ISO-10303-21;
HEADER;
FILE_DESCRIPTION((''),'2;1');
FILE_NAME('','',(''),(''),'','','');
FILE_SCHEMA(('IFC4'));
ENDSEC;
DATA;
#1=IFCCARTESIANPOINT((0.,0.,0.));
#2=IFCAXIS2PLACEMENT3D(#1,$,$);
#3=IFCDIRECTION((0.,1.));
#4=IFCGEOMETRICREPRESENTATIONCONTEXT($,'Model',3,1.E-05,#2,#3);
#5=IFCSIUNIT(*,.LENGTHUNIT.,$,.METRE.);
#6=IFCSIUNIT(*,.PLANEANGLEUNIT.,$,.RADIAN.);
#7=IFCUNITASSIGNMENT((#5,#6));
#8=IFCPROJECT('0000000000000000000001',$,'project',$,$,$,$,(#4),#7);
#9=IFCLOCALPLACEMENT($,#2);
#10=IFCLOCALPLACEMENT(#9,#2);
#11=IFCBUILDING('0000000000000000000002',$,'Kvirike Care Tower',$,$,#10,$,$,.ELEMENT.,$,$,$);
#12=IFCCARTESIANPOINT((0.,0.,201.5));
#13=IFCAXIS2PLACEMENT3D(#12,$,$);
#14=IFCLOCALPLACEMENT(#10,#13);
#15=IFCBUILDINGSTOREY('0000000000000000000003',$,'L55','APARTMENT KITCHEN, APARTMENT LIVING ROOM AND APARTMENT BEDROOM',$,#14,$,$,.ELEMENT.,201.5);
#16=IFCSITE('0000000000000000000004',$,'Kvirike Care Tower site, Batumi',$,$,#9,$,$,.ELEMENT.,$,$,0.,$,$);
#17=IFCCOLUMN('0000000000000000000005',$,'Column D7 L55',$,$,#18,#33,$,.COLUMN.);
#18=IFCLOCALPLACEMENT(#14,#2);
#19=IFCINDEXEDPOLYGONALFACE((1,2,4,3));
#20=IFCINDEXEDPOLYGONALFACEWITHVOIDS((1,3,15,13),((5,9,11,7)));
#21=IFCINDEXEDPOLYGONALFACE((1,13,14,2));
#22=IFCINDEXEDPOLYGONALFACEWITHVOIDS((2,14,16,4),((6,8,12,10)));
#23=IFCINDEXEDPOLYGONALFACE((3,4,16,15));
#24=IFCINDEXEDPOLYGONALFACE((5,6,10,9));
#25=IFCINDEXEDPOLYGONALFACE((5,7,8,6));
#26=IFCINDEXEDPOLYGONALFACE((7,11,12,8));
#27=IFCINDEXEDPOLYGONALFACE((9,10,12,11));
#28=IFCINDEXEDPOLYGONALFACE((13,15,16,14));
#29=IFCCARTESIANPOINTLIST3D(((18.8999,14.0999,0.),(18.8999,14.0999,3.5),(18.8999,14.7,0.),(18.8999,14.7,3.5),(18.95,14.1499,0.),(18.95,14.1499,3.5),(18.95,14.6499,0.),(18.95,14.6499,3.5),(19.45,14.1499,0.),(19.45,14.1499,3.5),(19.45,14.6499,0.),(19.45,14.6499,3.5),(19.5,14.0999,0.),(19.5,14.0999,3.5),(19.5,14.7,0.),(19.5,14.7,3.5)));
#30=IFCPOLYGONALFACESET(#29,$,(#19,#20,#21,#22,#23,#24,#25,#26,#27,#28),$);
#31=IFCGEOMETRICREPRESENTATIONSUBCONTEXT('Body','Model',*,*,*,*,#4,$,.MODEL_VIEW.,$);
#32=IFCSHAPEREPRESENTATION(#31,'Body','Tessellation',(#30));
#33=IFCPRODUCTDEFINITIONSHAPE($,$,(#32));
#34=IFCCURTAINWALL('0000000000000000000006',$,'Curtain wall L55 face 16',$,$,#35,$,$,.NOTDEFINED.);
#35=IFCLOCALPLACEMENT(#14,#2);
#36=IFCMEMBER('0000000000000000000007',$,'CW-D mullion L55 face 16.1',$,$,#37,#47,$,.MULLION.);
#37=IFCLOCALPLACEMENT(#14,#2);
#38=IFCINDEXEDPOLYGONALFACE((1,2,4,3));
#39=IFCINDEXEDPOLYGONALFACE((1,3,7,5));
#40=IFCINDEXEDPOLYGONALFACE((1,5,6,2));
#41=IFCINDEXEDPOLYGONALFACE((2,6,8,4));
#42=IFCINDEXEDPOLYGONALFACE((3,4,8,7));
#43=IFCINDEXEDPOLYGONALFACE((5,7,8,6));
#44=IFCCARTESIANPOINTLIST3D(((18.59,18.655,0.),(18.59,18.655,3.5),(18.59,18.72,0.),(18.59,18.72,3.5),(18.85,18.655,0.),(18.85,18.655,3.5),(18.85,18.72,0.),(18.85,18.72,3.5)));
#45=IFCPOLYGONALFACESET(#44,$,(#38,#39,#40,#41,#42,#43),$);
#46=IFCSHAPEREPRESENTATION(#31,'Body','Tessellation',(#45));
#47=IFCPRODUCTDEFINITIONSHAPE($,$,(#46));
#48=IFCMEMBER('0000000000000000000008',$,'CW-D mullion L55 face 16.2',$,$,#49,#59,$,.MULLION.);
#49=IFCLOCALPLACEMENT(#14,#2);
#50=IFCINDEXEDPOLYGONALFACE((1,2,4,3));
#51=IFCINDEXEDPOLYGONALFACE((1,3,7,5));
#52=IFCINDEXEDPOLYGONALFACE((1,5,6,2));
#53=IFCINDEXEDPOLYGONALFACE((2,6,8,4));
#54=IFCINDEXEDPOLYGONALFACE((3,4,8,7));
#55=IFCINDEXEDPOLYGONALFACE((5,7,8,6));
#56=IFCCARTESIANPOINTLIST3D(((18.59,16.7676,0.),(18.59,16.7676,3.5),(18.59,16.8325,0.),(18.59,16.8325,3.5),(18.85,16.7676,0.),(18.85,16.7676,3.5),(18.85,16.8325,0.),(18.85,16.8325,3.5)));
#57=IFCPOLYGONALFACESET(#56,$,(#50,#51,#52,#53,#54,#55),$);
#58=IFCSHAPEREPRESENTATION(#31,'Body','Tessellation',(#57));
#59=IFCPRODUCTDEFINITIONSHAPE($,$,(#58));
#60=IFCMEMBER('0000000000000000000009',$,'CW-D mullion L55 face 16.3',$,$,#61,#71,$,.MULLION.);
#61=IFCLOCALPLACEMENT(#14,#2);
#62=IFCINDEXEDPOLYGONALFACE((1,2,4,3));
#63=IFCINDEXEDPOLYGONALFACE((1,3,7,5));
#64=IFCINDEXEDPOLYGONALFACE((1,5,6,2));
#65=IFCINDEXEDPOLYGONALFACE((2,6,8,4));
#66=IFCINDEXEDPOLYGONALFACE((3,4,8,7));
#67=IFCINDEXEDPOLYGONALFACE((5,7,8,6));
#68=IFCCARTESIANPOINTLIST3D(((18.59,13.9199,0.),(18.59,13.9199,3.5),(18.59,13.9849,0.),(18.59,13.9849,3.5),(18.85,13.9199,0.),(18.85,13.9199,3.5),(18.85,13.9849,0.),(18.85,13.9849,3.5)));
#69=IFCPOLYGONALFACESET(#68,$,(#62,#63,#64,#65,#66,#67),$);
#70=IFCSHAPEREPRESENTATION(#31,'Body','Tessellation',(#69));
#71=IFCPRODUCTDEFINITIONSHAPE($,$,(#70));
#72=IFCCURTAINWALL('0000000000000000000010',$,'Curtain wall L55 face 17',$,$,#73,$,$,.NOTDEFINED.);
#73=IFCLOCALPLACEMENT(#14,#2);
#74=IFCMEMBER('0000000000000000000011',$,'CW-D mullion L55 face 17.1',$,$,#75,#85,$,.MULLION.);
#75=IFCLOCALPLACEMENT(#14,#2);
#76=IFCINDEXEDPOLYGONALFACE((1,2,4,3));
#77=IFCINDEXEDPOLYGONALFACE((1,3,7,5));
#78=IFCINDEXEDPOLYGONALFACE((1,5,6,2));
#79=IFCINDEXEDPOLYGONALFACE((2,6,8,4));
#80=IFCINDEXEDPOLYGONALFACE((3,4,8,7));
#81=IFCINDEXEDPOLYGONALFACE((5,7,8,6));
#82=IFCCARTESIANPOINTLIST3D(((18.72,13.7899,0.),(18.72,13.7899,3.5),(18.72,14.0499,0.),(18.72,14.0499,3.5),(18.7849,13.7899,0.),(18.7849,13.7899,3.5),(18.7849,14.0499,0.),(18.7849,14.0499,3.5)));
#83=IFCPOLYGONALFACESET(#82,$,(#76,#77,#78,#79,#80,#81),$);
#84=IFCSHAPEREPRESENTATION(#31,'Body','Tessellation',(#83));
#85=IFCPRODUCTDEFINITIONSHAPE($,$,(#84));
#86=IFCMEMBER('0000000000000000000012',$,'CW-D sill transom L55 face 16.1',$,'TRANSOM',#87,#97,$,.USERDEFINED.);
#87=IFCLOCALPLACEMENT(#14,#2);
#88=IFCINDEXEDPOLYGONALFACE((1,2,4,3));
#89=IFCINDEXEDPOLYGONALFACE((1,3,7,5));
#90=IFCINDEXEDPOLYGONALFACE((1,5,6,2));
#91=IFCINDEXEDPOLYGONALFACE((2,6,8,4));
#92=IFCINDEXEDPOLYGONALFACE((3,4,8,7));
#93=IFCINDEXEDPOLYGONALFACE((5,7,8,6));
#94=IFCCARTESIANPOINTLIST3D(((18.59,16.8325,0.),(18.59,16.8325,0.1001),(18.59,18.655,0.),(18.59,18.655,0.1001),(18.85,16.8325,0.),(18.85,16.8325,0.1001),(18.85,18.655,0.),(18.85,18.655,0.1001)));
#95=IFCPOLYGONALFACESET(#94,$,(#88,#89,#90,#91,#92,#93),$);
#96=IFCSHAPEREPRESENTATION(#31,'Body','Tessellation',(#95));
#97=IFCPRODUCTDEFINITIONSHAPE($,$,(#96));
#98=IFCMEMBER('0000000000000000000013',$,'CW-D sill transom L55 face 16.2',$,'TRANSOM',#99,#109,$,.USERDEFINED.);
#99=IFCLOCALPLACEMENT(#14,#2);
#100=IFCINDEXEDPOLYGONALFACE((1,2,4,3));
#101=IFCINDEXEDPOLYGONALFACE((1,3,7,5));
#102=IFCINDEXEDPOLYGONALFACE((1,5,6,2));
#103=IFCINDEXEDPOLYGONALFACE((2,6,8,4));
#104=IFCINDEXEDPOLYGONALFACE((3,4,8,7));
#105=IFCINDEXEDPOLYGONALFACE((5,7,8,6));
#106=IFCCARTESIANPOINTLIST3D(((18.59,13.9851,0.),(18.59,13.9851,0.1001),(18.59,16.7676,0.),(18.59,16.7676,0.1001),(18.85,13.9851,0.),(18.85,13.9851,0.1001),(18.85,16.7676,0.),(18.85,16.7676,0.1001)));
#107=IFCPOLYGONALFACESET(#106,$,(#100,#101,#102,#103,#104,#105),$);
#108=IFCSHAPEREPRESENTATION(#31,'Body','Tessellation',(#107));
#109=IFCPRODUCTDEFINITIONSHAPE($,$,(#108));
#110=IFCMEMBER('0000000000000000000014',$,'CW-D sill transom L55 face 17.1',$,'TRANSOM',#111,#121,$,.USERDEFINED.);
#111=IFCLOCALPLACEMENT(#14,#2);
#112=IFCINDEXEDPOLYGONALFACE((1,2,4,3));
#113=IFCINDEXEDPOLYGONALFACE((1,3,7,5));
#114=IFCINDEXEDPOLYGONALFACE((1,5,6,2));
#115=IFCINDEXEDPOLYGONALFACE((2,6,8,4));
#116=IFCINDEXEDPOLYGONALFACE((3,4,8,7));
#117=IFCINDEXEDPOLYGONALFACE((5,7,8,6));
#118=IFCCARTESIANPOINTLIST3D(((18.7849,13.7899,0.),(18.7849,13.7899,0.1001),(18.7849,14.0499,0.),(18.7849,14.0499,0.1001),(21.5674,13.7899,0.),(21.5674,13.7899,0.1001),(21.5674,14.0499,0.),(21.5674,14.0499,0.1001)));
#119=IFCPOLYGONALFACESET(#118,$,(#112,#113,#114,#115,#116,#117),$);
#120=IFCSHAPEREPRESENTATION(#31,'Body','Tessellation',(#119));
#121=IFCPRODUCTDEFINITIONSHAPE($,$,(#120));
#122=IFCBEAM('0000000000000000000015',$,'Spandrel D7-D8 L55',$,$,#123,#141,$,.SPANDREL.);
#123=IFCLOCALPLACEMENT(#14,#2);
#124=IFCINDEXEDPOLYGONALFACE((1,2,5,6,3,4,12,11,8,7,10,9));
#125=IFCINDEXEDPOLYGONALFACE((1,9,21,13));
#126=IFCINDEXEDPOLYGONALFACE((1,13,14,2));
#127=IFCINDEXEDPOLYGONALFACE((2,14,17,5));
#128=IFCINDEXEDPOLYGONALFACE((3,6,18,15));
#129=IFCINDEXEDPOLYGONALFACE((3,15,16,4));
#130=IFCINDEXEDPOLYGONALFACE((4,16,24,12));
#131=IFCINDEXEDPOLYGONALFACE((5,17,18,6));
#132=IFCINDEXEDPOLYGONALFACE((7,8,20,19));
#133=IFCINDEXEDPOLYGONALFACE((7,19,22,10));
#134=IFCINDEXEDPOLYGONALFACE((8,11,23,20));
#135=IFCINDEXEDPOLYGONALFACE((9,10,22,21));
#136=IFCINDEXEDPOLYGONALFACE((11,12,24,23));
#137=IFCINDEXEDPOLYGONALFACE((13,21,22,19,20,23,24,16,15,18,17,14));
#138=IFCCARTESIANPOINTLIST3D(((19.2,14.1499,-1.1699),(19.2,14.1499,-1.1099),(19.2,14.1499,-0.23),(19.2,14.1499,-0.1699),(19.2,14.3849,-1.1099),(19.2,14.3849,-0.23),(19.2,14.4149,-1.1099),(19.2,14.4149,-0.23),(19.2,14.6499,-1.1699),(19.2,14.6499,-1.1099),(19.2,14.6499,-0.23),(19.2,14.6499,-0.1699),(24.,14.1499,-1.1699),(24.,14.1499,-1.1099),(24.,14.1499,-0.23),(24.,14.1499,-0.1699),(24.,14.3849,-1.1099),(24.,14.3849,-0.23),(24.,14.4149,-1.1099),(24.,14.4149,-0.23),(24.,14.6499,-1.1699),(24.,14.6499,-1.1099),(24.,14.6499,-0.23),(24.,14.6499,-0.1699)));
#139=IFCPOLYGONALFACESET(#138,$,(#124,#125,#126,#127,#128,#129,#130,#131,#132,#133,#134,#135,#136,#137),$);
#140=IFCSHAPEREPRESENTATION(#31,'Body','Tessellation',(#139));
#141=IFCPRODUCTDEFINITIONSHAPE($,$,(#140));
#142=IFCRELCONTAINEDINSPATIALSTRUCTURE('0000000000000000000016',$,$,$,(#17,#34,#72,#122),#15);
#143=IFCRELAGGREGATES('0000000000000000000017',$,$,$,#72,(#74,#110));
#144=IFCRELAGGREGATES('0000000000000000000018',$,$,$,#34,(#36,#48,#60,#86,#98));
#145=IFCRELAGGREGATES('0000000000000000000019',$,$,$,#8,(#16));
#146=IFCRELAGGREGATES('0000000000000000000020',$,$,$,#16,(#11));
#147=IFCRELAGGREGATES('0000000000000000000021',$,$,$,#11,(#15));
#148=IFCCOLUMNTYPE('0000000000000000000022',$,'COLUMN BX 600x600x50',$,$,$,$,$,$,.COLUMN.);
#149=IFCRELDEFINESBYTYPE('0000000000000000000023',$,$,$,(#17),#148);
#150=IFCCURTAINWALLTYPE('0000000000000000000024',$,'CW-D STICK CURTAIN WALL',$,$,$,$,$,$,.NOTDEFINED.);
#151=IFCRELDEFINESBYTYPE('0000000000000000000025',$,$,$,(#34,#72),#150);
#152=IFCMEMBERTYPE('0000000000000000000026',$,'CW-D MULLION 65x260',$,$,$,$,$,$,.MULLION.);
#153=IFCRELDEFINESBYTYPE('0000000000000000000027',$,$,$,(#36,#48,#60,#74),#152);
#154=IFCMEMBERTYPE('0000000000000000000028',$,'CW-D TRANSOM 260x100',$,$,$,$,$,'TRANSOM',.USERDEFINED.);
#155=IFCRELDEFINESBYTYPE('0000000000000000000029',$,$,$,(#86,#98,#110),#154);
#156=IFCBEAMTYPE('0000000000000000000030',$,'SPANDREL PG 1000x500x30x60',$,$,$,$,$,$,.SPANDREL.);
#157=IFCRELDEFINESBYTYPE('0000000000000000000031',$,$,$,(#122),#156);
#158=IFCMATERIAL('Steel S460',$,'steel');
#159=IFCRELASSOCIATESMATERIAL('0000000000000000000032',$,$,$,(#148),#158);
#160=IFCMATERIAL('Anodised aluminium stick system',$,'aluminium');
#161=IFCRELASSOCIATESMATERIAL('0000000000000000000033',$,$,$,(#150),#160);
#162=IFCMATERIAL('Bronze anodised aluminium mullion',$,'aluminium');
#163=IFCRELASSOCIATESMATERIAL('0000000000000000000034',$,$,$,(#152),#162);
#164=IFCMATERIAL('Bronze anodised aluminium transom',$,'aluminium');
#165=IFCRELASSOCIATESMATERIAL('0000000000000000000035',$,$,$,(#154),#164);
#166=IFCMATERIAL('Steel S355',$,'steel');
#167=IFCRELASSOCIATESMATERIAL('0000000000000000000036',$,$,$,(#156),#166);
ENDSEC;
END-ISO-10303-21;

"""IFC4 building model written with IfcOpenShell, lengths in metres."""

from ifc_helpers import new_model, si_unit, direction, frame, origin, origin_2d, place, context, subcontext, project, spatial, rectangle, hollow_rectangle, i_section, extrude, material, material_profile, profile_set, type_object, element, aggregate, save


model = new_model("IFC4")

# Units and contexts
model_context = context("Model", 3, precision=1e-05, world=origin(), true_north=direction((0.0, 1.0)))
body_context = subcontext(model_context, "Body", "Model", "MODEL_VIEW")
ifc_project = project(units=[si_unit("LENGTHUNIT", "METRE"), si_unit("PLANEANGLEUNIT", "RADIAN")], contexts=[model_context])

# Site, building, storey
site_placement = place(None, origin())
site = spatial("IfcSite", under=ifc_project, at=site_placement, Name="Kvirike Care Tower site, Batumi", CompositionType="ELEMENT", RefElevation=0.0)
building_placement = place(site_placement, origin())
building = spatial("IfcBuilding", under=site, at=building_placement, Name="Kvirike Care Tower", CompositionType="ELEMENT")
storey_placement = place(building_placement, frame((0.0, 0.0, 201.5)))
storey = spatial("IfcBuildingStorey", under=building, at=storey_placement, Name="L55", Description="APARTMENT KITCHEN, APARTMENT LIVING ROOM AND APARTMENT BEDROOM", CompositionType="ELEMENT", Elevation=201.5)

# Column
ifc_material_1 = material(Name="Steel S460", Category="steel")
ifc_material_profile_1 = material_profile(ifc_material_1, hollow_rectangle(XDim=0.6001, YDim=0.6001, WallThickness=0.05, at=origin_2d()), Name="BX 600x600x50")
ifc_profile_set_1 = profile_set([ifc_material_profile_1], Name="Steel S460")
column_type = type_object("IfcColumnType", Name="COLUMN BX 600x600x50", PredefinedType="COLUMN", material=ifc_profile_set_1)
column_placement = place(storey_placement, frame((19.2, 14.3999, 0.0), z_axis=(0.0, 0.0, 1.0), x_axis=(0.0, 1.0, 0.0)))
element("IfcColumn", 1, at=column_placement, inside=storey, type_object=column_type, Name="Column D7 L55", PredefinedType="COLUMN", context=body_context, shape_type="SweptSolid", body=[
    extrude(hollow_rectangle(XDim=0.6001, YDim=0.6001, WallThickness=0.05, at=origin_2d()), origin(), (0.0, 0.0, 1.0), 3.5),
])

# Curtain wall, members
ifc_material_2 = material(Name="Anodised aluminium stick system", Category="aluminium")
curtain_wall_type = type_object("IfcCurtainWallType", Name="CW-D STICK CURTAIN WALL", PredefinedType="NOTDEFINED", material=ifc_material_2)
curtain_wall_1_placement = place(storey_placement, origin())
curtain_wall_1 = element("IfcCurtainWall", 2, at=curtain_wall_1_placement, inside=storey, type_object=curtain_wall_type, Name="Curtain wall L55 face 16", PredefinedType="NOTDEFINED")
ifc_material_3 = material(Name="Bronze anodised aluminium mullion", Category="aluminium")
ifc_material_profile_2 = material_profile(ifc_material_3, rectangle(XDim=0.0649, YDim=0.26, at=origin_2d()), Name="CW-D MULLION 65x260")
ifc_profile_set_2 = profile_set([ifc_material_profile_2], Name="Bronze anodised aluminium mullion")
member_type_1 = type_object("IfcMemberType", Name="CW-D MULLION 65x260", PredefinedType="MULLION", material=ifc_profile_set_2)
member_1_placement = place(storey_placement, frame((18.72, 18.6875, 0.0), z_axis=(0.0, 0.0, 1.0), x_axis=(0.0, -1.0, 0.0)))
member_1 = element("IfcMember", 3, at=member_1_placement, type_object=member_type_1, Name="CW-D mullion L55 face 16.1", PredefinedType="MULLION", context=body_context, shape_type="SweptSolid", body=[
    extrude(rectangle(XDim=0.0649, YDim=0.26, at=origin_2d()), origin(), (0.0, 0.0, 1.0), 3.5),
])
member_2_placement = place(storey_placement, frame((18.72, 16.8, 0.0), z_axis=(0.0, 0.0, 1.0), x_axis=(0.0, -1.0, 0.0)))
member_2 = element("IfcMember", 4, at=member_2_placement, type_object=member_type_1, Name="CW-D mullion L55 face 16.2", PredefinedType="MULLION", context=body_context, shape_type="SweptSolid", body=[
    extrude(rectangle(XDim=0.0649, YDim=0.26, at=origin_2d()), origin(), (0.0, 0.0, 1.0), 3.5),
])
member_3_placement = place(storey_placement, frame((18.72, 13.9524, 0.0), z_axis=(0.0, 0.0, 1.0), x_axis=(0.0, -1.0, 0.0)))
member_3 = element("IfcMember", 5, at=member_3_placement, type_object=member_type_1, Name="CW-D mullion L55 face 16.3", PredefinedType="MULLION", context=body_context, shape_type="SweptSolid", body=[
    extrude(rectangle(XDim=0.0649, YDim=0.26, at=origin_2d()), origin(), (0.0, 0.0, 1.0), 3.5),
])

# Curtain wall, member
curtain_wall_2_placement = place(storey_placement, origin())
curtain_wall_2 = element("IfcCurtainWall", 6, at=curtain_wall_2_placement, inside=storey, type_object=curtain_wall_type, Name="Curtain wall L55 face 17", PredefinedType="NOTDEFINED")
member_4_placement = place(storey_placement, frame((18.7524, 13.9199, 0.0), z_axis=(0.0, 0.0, 1.0), x_axis=(1.0, 0.0, 0.0)))
member_4 = element("IfcMember", 7, at=member_4_placement, type_object=member_type_1, Name="CW-D mullion L55 face 17.1", PredefinedType="MULLION", context=body_context, shape_type="SweptSolid", body=[
    extrude(rectangle(XDim=0.0649, YDim=0.26, at=origin_2d()), origin(), (0.0, 0.0, 1.0), 3.5),
])

# Members
ifc_material_4 = material(Name="Bronze anodised aluminium transom", Category="aluminium")
ifc_material_profile_3 = material_profile(ifc_material_4, rectangle(XDim=0.26, YDim=0.1001, at=origin_2d()), Name="CW-D TRANSOM 260x100")
ifc_profile_set_3 = profile_set([ifc_material_profile_3], Name="Bronze anodised aluminium transom")
member_type_2 = type_object("IfcMemberType", Name="CW-D TRANSOM 260x100", ElementType="TRANSOM", PredefinedType="USERDEFINED", material=ifc_profile_set_3)
member_5_placement = place(storey_placement, frame((18.72, 18.655, 0.05), z_axis=(0.0, -1.0, 0.0), x_axis=(1.0, 0.0, 0.0)))
member_5 = element("IfcMember", 8, at=member_5_placement, type_object=member_type_2, Name="CW-D sill transom L55 face 16.1", ObjectType="TRANSOM", PredefinedType="USERDEFINED", context=body_context, shape_type="SweptSolid", body=[
    extrude(rectangle(XDim=0.26, YDim=0.1001, at=origin_2d()), origin(), (0.0, 0.0, 1.0), 1.8225),
])
member_6_placement = place(storey_placement, frame((18.72, 16.7676, 0.05), z_axis=(0.0, -1.0, 0.0), x_axis=(1.0, 0.0, 0.0)))
member_6 = element("IfcMember", 9, at=member_6_placement, type_object=member_type_2, Name="CW-D sill transom L55 face 16.2", ObjectType="TRANSOM", PredefinedType="USERDEFINED", context=body_context, shape_type="SweptSolid", body=[
    extrude(rectangle(XDim=0.26, YDim=0.1001, at=origin_2d()), origin(), (0.0, 0.0, 1.0), 2.7825),
])
member_7_placement = place(storey_placement, frame((18.7849, 13.9199, 0.05), z_axis=(1.0, 0.0, 0.0), x_axis=(0.0, 1.0, 0.0)))
member_7 = element("IfcMember", 10, at=member_7_placement, type_object=member_type_2, Name="CW-D sill transom L55 face 17.1", ObjectType="TRANSOM", PredefinedType="USERDEFINED", context=body_context, shape_type="SweptSolid", body=[
    extrude(rectangle(XDim=0.26, YDim=0.1001, at=origin_2d()), origin(), (0.0, 0.0, 1.0), 2.7825),
])
aggregate(curtain_wall_2, [member_4, member_7])

# Beam
ifc_material_5 = material(Name="Steel S355", Category="steel")
ifc_material_profile_4 = material_profile(ifc_material_5, i_section(OverallWidth=0.5, OverallDepth=1.0, WebThickness=0.03, FlangeThickness=0.0601, at=origin_2d()), Name="PG 1000x500x30x60")
ifc_profile_set_4 = profile_set([ifc_material_profile_4], Name="Steel S355")
beam_type = type_object("IfcBeamType", Name="SPANDREL PG 1000x500x30x60", PredefinedType="SPANDREL", material=ifc_profile_set_4)
beam_placement = place(storey_placement, frame((19.2, 14.3999, -0.6699), z_axis=(1.0, 0.0, 0.0), x_axis=(0.0, 1.0, 0.0)))
element("IfcBeam", 11, at=beam_placement, inside=storey, type_object=beam_type, Name="Spandrel D7-D8 L55", PredefinedType="SPANDREL", context=body_context, shape_type="SweptSolid", body=[
    extrude(i_section(OverallWidth=0.5, OverallDepth=1.0, WebThickness=0.03, FlangeThickness=0.0601, at=origin_2d()), origin(), (0.0, 0.0, 1.0), 4.8),
])

aggregate(curtain_wall_1, [member_1, member_2, member_3, member_5, member_6])

save(model, "model.ifc")
